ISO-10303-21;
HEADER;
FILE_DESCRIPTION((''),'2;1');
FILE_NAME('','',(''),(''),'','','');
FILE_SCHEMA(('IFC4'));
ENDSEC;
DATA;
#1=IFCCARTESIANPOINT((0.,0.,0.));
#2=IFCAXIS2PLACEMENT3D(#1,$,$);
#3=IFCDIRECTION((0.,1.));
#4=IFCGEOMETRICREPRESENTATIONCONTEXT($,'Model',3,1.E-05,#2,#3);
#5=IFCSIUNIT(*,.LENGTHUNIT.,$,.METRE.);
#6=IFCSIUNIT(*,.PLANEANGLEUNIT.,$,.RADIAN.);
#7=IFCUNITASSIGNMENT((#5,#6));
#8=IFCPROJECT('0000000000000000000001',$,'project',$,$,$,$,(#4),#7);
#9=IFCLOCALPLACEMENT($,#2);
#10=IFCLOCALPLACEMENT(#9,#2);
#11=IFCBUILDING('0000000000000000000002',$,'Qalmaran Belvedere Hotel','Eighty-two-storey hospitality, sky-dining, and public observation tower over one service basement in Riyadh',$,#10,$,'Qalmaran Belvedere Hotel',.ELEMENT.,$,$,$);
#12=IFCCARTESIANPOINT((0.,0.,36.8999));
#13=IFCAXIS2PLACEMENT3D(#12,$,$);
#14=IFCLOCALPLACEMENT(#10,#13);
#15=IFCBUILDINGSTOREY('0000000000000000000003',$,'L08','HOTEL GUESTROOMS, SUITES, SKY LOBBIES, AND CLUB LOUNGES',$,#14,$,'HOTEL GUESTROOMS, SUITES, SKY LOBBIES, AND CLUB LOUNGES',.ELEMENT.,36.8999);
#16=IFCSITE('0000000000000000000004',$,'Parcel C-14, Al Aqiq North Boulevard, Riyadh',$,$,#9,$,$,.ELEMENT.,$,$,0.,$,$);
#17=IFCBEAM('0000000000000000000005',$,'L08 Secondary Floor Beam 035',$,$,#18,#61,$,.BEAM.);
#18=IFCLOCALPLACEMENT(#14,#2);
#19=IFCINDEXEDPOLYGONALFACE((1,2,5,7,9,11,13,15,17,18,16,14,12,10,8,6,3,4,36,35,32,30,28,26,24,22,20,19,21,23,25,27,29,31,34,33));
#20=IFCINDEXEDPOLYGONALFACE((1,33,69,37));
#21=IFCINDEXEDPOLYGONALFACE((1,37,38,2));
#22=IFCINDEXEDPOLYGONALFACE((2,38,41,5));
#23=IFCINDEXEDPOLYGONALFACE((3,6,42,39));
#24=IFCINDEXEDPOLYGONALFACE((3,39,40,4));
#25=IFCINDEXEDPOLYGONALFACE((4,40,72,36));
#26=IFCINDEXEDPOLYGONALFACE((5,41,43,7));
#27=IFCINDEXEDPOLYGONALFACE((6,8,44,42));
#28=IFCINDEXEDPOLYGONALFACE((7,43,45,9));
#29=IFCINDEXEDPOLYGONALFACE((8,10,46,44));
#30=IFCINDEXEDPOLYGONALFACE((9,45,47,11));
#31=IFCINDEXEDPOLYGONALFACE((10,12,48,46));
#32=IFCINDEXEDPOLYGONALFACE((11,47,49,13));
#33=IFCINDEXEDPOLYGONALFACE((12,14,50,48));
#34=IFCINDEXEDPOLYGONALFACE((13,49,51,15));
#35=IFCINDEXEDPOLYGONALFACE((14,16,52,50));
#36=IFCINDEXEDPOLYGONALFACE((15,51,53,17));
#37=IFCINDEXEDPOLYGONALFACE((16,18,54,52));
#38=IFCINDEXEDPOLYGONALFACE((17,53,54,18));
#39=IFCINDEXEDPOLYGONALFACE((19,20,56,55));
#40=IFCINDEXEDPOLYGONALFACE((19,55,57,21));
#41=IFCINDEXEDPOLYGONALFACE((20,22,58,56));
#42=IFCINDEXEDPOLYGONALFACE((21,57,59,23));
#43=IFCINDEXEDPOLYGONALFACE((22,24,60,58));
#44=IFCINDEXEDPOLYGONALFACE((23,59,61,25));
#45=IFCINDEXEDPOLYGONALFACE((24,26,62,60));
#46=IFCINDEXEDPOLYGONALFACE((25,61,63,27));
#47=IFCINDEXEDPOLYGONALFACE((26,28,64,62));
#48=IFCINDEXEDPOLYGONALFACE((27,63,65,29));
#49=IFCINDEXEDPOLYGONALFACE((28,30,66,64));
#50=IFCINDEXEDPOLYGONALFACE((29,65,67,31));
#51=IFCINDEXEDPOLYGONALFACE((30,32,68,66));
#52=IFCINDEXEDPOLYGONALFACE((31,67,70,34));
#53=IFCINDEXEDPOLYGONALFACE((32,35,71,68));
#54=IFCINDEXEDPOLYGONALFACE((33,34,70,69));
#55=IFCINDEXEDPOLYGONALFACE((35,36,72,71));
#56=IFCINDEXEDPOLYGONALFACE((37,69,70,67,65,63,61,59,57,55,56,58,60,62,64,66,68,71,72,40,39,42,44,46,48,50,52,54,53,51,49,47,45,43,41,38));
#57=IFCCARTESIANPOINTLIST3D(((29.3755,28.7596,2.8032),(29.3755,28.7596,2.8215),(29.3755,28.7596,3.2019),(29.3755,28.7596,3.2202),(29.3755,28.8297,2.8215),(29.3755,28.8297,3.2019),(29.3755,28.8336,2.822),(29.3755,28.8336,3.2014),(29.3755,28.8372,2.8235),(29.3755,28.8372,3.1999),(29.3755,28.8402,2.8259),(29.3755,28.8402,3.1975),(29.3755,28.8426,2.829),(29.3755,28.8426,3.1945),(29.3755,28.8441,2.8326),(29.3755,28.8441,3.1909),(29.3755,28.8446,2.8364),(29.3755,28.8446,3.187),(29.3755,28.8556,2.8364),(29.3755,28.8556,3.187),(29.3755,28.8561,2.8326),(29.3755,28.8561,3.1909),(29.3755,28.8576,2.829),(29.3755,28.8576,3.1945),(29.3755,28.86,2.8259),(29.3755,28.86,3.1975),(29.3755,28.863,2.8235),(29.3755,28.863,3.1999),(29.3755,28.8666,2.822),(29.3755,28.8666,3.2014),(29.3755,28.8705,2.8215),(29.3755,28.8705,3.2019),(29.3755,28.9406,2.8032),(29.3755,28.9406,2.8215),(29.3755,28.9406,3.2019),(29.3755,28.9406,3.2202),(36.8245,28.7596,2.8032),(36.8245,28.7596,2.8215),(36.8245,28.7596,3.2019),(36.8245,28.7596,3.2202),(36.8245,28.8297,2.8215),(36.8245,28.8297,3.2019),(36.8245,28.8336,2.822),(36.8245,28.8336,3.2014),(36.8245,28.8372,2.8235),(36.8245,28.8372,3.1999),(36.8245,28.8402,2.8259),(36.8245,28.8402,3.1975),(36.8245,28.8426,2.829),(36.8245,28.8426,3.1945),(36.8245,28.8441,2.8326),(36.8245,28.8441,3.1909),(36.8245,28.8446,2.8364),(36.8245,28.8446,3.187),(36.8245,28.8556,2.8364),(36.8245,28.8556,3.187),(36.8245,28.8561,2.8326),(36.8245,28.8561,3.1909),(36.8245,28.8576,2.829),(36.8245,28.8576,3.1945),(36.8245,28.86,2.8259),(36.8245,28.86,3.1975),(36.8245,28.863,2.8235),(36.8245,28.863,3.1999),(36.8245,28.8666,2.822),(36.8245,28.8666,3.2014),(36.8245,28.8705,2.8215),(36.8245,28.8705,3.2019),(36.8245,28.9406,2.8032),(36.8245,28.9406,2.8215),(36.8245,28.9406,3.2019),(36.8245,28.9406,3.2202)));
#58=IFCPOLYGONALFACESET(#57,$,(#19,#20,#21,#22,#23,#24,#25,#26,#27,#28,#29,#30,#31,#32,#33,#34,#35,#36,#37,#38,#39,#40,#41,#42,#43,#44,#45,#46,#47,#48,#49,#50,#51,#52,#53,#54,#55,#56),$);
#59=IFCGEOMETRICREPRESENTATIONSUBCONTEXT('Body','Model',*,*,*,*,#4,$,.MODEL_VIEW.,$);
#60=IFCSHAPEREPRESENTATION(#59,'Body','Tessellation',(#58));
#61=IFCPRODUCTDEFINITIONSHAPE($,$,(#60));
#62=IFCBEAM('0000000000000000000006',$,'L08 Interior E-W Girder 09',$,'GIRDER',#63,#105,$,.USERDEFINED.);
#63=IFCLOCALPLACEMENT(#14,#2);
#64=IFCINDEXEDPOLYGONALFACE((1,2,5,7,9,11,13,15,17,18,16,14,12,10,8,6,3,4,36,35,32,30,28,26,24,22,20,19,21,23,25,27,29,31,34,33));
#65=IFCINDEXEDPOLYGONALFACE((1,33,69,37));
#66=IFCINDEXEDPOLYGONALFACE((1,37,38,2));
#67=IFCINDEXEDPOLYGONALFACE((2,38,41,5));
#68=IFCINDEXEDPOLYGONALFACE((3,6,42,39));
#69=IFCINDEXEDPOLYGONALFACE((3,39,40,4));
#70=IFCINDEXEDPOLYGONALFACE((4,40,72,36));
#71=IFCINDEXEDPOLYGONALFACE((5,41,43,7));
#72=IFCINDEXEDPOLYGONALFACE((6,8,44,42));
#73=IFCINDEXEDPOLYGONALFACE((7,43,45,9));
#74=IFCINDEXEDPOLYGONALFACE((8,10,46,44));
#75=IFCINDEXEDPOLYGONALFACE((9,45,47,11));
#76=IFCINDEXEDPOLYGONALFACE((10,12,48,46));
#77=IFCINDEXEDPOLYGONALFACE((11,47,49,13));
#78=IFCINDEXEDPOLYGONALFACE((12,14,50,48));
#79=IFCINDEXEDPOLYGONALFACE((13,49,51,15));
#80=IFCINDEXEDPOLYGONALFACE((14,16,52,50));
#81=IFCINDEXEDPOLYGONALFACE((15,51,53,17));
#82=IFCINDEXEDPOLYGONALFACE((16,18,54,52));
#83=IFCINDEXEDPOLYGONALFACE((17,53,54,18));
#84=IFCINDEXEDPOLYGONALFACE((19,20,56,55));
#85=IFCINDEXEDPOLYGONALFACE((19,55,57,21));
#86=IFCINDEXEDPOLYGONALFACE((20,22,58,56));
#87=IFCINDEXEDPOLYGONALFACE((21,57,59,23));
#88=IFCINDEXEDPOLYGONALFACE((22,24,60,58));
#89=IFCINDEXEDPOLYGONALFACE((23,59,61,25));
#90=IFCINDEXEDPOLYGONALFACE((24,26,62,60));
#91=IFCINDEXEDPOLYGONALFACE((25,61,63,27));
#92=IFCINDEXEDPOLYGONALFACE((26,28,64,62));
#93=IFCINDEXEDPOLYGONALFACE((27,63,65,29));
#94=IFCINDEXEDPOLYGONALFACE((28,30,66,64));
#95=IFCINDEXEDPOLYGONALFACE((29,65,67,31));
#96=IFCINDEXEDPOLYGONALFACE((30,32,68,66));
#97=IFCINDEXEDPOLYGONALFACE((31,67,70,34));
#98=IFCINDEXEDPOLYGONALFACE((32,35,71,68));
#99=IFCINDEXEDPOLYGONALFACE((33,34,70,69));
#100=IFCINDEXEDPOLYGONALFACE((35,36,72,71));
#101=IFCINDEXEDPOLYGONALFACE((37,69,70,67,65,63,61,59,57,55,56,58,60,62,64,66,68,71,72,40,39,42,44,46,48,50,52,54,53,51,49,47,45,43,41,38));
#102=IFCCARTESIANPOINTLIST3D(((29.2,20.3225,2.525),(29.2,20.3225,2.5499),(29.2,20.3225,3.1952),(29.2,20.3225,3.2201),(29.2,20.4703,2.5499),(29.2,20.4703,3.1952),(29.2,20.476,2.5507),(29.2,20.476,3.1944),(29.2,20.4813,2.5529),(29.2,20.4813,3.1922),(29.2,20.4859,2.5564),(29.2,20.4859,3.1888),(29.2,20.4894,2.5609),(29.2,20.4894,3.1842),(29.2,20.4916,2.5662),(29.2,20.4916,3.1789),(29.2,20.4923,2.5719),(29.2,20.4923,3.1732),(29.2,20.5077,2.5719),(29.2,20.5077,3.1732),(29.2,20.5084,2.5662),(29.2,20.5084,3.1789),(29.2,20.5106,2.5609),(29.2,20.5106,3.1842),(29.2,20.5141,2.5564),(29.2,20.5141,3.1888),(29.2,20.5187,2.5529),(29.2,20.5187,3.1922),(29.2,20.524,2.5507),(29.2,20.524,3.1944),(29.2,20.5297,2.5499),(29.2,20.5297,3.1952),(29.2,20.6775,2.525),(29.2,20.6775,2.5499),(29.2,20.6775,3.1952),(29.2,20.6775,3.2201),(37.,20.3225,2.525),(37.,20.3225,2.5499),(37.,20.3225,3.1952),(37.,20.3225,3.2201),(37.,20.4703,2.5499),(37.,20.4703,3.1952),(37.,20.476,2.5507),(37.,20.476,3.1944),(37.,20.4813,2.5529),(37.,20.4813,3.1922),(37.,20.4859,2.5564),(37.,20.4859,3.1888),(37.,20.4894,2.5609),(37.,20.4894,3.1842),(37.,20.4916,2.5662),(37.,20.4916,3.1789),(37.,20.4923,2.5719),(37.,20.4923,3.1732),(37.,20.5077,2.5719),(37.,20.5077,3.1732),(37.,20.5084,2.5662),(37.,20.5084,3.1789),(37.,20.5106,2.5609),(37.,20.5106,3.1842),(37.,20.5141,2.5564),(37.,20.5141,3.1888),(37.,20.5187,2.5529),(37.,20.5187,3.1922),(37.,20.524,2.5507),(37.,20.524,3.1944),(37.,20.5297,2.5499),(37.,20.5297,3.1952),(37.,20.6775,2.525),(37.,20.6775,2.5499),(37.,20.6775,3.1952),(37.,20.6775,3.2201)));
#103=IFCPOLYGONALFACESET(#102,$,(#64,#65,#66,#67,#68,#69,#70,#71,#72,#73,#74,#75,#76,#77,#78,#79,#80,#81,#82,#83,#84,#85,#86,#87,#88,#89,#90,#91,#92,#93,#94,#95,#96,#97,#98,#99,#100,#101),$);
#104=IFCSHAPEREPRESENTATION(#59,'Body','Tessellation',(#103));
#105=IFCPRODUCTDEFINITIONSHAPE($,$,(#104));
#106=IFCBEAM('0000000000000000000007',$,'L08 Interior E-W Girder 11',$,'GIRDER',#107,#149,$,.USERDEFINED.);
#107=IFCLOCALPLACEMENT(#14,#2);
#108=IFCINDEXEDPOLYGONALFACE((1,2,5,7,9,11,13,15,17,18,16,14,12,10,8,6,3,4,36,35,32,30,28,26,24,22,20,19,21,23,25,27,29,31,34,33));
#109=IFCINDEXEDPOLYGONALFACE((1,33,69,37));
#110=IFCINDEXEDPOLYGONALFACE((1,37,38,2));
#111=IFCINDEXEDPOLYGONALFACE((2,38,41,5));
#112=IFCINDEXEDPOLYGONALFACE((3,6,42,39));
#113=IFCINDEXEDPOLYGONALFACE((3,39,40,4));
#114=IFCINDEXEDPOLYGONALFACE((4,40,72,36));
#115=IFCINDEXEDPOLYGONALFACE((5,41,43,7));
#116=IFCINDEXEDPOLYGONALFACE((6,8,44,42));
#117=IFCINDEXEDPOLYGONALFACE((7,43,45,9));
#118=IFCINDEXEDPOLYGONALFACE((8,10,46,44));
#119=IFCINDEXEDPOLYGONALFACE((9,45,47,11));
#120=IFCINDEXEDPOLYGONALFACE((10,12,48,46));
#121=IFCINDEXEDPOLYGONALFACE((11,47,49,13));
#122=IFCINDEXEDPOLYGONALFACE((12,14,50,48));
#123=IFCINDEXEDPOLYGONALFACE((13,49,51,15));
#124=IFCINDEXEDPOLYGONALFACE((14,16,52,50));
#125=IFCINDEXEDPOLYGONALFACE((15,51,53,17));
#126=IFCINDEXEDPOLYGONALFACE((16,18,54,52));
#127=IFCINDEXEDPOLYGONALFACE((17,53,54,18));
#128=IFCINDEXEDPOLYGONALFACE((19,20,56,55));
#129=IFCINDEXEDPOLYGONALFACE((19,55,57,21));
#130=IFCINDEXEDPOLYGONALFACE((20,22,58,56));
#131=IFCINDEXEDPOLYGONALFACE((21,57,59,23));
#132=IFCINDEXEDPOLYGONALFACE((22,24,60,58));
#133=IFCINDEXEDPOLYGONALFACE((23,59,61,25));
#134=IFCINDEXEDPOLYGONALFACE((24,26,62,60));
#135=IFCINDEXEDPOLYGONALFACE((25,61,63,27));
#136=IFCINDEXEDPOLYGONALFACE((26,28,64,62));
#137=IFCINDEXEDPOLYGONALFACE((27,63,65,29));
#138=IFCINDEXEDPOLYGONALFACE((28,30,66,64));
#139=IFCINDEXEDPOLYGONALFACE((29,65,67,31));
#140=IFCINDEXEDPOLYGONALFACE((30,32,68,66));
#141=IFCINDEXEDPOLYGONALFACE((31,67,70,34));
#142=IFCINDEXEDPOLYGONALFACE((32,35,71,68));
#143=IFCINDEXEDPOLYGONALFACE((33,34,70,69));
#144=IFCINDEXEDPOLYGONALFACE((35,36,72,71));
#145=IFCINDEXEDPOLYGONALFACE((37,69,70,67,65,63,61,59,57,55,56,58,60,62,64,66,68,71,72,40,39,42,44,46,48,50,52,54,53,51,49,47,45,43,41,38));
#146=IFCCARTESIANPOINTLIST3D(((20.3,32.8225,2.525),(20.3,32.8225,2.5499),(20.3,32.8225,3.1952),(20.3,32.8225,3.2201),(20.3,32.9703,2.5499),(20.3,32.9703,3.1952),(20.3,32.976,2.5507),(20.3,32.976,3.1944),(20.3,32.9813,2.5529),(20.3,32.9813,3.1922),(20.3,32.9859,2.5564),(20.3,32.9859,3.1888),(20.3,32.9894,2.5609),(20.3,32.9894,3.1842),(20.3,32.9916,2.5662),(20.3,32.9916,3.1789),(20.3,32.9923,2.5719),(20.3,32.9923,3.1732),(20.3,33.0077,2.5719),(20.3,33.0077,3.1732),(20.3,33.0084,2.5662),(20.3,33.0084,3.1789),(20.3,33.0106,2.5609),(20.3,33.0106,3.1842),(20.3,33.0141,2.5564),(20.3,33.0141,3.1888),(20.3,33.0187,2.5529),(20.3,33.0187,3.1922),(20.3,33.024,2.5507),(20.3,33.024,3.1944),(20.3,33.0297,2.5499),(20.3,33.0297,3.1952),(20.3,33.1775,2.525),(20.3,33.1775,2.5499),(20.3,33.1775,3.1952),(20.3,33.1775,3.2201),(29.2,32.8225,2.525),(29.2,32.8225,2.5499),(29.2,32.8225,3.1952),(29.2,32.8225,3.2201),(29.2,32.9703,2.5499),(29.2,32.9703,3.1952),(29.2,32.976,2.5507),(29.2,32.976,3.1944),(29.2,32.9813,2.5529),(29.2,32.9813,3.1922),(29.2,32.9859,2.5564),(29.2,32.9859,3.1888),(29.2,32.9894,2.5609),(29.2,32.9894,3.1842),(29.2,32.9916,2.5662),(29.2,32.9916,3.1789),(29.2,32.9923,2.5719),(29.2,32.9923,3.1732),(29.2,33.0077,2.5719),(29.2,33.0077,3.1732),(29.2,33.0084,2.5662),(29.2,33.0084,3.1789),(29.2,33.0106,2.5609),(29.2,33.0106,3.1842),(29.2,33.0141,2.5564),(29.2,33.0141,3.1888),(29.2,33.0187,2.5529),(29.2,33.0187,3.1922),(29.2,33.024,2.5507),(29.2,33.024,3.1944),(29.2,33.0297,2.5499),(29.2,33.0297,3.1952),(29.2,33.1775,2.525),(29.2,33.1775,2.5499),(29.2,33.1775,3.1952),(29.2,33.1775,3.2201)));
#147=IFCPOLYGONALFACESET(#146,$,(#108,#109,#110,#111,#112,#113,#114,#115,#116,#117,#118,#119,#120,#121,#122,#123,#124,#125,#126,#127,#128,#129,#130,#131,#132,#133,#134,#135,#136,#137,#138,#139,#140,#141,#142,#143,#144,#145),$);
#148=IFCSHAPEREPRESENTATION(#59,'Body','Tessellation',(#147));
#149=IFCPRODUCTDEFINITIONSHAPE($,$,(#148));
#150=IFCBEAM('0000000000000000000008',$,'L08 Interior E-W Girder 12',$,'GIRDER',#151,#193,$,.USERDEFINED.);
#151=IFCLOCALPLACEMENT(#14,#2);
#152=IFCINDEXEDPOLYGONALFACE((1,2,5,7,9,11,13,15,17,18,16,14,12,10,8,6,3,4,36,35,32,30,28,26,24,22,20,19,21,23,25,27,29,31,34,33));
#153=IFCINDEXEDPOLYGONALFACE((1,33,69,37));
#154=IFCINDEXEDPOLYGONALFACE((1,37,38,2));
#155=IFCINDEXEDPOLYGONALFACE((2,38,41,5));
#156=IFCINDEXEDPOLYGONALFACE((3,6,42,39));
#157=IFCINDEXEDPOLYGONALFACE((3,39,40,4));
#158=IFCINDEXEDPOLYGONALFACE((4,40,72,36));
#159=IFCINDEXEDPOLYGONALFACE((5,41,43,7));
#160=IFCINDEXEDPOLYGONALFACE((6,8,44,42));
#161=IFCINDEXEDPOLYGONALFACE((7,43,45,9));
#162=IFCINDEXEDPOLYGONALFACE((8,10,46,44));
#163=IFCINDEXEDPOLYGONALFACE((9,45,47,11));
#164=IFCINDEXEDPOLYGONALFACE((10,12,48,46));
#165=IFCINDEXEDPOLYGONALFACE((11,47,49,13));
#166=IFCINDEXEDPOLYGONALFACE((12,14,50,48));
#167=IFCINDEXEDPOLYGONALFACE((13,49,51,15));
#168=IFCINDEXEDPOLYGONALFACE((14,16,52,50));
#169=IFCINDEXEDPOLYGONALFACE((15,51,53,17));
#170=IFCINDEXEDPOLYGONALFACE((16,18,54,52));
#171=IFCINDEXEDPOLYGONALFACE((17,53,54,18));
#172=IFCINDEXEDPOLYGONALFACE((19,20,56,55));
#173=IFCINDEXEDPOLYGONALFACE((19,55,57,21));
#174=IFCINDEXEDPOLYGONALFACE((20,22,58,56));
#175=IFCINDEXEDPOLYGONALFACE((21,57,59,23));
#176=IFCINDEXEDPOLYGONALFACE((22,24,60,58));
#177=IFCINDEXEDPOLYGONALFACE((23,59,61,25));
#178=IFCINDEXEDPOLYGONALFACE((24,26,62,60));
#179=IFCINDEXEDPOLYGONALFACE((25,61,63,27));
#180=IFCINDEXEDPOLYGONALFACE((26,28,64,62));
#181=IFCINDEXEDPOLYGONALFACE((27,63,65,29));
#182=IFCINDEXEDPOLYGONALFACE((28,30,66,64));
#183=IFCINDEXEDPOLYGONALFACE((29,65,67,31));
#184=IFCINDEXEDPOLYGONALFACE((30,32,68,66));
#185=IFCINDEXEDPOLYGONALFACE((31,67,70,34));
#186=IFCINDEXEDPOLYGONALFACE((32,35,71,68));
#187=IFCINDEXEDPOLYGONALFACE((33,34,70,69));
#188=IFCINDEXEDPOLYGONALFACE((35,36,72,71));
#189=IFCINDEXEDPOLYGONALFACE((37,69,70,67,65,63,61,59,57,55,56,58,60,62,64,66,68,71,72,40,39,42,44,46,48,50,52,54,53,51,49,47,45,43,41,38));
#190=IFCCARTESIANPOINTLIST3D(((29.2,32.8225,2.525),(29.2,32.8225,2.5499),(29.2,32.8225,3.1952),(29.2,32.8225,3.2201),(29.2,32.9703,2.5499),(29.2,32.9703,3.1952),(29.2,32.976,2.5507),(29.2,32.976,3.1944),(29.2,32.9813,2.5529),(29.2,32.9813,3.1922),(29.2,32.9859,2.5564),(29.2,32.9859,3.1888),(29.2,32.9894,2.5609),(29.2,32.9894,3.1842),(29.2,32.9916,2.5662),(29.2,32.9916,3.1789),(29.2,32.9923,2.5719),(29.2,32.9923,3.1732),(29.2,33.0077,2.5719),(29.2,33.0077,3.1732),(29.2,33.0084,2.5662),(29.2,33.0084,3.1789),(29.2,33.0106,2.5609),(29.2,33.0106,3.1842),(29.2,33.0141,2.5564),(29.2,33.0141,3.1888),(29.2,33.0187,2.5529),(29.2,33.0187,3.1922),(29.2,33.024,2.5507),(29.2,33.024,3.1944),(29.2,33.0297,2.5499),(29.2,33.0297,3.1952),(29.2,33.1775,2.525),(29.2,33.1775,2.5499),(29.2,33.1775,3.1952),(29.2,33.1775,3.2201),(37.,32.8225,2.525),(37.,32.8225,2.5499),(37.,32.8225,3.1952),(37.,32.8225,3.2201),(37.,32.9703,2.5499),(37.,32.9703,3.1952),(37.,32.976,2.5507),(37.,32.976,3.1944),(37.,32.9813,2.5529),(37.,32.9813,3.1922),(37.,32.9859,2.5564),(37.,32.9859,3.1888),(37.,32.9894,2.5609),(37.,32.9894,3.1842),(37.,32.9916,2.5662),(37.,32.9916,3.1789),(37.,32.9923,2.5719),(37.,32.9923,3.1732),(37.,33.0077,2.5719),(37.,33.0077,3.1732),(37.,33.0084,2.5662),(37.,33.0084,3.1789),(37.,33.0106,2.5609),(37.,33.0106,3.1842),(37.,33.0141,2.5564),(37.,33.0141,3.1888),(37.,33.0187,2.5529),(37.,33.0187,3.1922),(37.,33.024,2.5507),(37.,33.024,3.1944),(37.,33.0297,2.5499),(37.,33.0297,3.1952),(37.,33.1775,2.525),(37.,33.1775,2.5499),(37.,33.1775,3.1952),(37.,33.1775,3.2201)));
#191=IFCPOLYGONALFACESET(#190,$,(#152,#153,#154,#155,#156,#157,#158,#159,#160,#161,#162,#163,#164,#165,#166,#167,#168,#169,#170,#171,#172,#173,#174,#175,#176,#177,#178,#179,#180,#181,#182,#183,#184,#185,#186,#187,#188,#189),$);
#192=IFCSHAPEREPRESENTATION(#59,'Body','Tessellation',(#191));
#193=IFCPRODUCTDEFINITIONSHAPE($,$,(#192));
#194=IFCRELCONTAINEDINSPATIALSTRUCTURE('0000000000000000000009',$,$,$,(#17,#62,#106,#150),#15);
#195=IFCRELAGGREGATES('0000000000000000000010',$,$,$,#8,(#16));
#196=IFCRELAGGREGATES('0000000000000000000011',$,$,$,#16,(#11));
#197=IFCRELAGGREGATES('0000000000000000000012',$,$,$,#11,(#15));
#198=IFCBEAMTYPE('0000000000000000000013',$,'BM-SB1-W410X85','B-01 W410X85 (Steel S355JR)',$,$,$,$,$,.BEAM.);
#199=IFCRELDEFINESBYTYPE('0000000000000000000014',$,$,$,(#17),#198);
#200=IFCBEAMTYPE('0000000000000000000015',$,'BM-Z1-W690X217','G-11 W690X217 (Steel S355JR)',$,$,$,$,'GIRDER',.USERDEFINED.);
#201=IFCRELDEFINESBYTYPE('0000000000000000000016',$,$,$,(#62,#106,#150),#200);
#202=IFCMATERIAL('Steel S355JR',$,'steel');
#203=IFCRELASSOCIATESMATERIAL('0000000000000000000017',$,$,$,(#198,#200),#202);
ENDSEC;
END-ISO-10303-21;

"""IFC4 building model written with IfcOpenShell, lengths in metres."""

from ifc_helpers import new_model, si_unit, direction, frame, origin, origin_2d, place, context, subcontext, project, spatial, i_section, extrude, material, material_profile, profile_set, type_object, element, save


model = new_model("IFC4")

# Units and contexts
model_context = context("Model", 3, precision=1e-05, world=origin(), true_north=direction((0.0, 1.0)))
body_context = subcontext(model_context, "Body", "Model", "MODEL_VIEW")
ifc_project = project(units=[si_unit("LENGTHUNIT", "METRE"), si_unit("PLANEANGLEUNIT", "RADIAN")], contexts=[model_context])

# Site, building, storey
site_placement = place(None, origin())
site = spatial("IfcSite", under=ifc_project, at=site_placement, Name="Parcel C-14, Al Aqiq North Boulevard, Riyadh", CompositionType="ELEMENT", RefElevation=0.0)
building_placement = place(site_placement, origin())
building = spatial("IfcBuilding", under=site, at=building_placement, Name="Qalmaran Belvedere Hotel", Description="Eighty-two-storey hospitality, sky-dining, and public observation tower over one service basement in Riyadh", LongName="Qalmaran Belvedere Hotel", CompositionType="ELEMENT")
storey_placement = place(building_placement, frame((0.0, 0.0, 36.8999)))
storey = spatial("IfcBuildingStorey", under=building, at=storey_placement, Name="L08", Description="HOTEL GUESTROOMS, SUITES, SKY LOBBIES, AND CLUB LOUNGES", LongName="HOTEL GUESTROOMS, SUITES, SKY LOBBIES, AND CLUB LOUNGES", CompositionType="ELEMENT", Elevation=36.8999)

# Beams
ifc_material_1 = material(Name="Steel S355JR", Category="steel")
ifc_material_profile_1 = material_profile(ifc_material_1, i_section(OverallWidth=0.1809, OverallDepth=0.417, WebThickness=0.011, FlangeThickness=0.0183, FilletRadius=0.0149, at=origin_2d()), Name="W410X85")
ifc_profile_set_1 = profile_set([ifc_material_profile_1], Name="Steel S355JR")
beam_type_1 = type_object("IfcBeamType", Name="BM-SB1-W410X85", Description="B-01 W410X85 (Steel S355JR)", PredefinedType="BEAM", material=ifc_profile_set_1)
beam_1_placement = place(storey_placement, frame((29.3755, 28.8501, 3.0117), z_axis=(1.0, 0.0, 0.0), x_axis=(0.0, 1.0, 0.0)))
element("IfcBeam", 1, at=beam_1_placement, inside=storey, type_object=beam_type_1, Name="L08 Secondary Floor Beam 035", PredefinedType="BEAM", context=body_context, shape_type="SweptSolid", body=[
    extrude(i_section(OverallWidth=0.1809, OverallDepth=0.417, WebThickness=0.011, FlangeThickness=0.0183, FilletRadius=0.0149, at=origin_2d()), origin(), (0.0, 0.0, 1.0), 7.449),
])
ifc_material_profile_2 = material_profile(ifc_material_1, i_section(OverallWidth=0.355, OverallDepth=0.6951, WebThickness=0.0154, FlangeThickness=0.0249, FilletRadius=0.022, at=origin_2d()), Name="W690X217")
ifc_profile_set_2 = profile_set([ifc_material_profile_2], Name="Steel S355JR")
beam_type_2 = type_object("IfcBeamType", Name="BM-Z1-W690X217", Description="G-11 W690X217 (Steel S355JR)", ElementType="GIRDER", PredefinedType="USERDEFINED", material=ifc_profile_set_2)
beam_2_placement = place(storey_placement, frame((29.2, 20.5, 2.8726), z_axis=(1.0, 0.0, 0.0), x_axis=(0.0, 1.0, 0.0)))
element("IfcBeam", 2, at=beam_2_placement, inside=storey, type_object=beam_type_2, Name="L08 Interior E-W Girder 09", ObjectType="GIRDER", PredefinedType="USERDEFINED", context=body_context, shape_type="SweptSolid", body=[
    extrude(i_section(OverallWidth=0.355, OverallDepth=0.6951, WebThickness=0.0154, FlangeThickness=0.0249, FilletRadius=0.022, at=origin_2d()), origin(), (0.0, 0.0, 1.0), 7.8),
])
beam_3_placement = place(storey_placement, frame((20.3, 33.0, 2.8726), z_axis=(1.0, 0.0, 0.0), x_axis=(0.0, 1.0, 0.0)))
element("IfcBeam", 3, at=beam_3_placement, inside=storey, type_object=beam_type_2, Name="L08 Interior E-W Girder 11", ObjectType="GIRDER", PredefinedType="USERDEFINED", context=body_context, shape_type="SweptSolid", body=[
    extrude(i_section(OverallWidth=0.355, OverallDepth=0.6951, WebThickness=0.0154, FlangeThickness=0.0249, FilletRadius=0.022, at=origin_2d()), origin(), (0.0, 0.0, 1.0), 8.8999),
])
beam_4_placement = place(storey_placement, frame((29.2, 33.0, 2.8726), z_axis=(1.0, 0.0, 0.0), x_axis=(0.0, 1.0, 0.0)))
element("IfcBeam", 4, at=beam_4_placement, inside=storey, type_object=beam_type_2, Name="L08 Interior E-W Girder 12", ObjectType="GIRDER", PredefinedType="USERDEFINED", context=body_context, shape_type="SweptSolid", body=[
    extrude(i_section(OverallWidth=0.355, OverallDepth=0.6951, WebThickness=0.0154, FlangeThickness=0.0249, FilletRadius=0.022, at=origin_2d()), origin(), (0.0, 0.0, 1.0), 7.8),
])

save(model, "model.ifc")
